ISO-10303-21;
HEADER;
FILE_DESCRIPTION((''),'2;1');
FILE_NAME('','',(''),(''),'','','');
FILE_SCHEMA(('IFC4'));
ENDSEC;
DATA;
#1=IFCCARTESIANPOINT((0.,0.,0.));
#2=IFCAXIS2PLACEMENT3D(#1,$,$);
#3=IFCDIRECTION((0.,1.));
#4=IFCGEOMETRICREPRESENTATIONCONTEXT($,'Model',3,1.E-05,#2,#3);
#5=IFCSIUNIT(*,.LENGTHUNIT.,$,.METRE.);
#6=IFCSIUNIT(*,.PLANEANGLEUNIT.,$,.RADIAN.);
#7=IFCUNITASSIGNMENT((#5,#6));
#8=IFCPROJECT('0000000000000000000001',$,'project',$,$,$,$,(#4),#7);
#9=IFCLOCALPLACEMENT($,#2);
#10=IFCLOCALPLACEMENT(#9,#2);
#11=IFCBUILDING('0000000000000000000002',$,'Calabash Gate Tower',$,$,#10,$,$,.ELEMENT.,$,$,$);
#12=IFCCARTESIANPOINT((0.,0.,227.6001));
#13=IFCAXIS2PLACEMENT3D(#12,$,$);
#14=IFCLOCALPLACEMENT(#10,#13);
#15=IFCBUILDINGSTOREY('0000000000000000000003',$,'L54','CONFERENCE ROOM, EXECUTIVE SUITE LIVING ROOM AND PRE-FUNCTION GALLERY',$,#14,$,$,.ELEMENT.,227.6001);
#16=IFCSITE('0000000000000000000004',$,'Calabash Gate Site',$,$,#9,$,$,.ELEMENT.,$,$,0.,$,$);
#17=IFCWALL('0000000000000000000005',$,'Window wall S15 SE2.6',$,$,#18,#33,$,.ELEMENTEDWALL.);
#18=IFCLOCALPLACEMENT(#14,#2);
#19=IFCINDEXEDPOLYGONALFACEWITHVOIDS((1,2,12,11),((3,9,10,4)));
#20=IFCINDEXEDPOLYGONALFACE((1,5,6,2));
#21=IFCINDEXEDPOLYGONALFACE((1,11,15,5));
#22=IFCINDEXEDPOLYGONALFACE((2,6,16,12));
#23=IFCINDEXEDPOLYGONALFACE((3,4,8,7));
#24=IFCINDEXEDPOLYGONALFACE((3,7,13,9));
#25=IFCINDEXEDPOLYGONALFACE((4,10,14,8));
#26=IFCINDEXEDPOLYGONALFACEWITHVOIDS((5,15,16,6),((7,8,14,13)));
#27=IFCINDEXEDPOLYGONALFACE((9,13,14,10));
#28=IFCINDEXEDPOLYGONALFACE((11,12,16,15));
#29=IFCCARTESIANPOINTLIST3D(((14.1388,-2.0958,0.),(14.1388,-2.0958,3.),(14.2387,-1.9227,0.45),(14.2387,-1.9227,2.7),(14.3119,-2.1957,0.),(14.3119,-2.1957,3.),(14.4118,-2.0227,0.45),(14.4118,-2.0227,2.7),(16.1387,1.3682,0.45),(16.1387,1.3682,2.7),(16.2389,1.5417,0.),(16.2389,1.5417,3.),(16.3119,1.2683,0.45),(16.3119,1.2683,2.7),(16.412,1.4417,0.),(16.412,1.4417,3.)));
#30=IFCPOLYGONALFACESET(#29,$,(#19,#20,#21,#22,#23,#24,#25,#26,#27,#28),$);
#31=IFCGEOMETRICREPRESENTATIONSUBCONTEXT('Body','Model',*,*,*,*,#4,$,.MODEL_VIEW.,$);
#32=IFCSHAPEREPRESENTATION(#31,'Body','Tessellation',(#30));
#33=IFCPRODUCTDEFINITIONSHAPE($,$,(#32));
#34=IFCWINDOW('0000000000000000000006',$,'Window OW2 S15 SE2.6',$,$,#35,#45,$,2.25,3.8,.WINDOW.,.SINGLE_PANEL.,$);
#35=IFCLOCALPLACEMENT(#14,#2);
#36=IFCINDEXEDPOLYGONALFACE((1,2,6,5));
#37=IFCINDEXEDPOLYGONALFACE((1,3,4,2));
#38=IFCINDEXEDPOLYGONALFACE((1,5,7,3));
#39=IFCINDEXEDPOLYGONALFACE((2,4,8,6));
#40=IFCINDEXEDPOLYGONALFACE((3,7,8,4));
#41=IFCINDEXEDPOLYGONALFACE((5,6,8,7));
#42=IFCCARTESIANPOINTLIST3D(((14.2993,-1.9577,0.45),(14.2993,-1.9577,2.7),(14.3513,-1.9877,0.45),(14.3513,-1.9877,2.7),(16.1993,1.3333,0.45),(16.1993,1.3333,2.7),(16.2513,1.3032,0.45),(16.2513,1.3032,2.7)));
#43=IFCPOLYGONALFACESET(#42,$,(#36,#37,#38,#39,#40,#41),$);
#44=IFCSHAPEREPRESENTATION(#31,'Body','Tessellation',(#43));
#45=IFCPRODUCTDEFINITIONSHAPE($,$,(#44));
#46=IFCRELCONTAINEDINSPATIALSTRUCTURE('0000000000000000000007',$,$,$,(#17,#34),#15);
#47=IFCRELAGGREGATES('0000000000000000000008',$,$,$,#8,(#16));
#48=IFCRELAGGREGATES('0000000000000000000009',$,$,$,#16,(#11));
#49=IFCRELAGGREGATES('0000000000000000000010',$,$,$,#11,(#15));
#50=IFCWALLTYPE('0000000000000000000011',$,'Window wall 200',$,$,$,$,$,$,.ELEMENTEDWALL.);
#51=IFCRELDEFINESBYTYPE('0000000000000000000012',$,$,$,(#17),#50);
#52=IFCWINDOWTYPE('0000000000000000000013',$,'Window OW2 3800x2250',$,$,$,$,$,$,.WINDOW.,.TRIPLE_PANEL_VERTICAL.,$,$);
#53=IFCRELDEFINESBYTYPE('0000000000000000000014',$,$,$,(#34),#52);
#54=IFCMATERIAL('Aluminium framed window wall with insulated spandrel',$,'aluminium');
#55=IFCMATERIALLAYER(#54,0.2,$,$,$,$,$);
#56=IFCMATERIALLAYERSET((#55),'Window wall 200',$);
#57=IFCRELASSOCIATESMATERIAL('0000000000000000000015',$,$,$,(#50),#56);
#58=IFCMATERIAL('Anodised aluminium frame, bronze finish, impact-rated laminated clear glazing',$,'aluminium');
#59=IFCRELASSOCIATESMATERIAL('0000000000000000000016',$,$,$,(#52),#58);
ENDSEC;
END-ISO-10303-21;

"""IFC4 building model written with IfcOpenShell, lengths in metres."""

from ifc_helpers import new_model, si_unit, direction, frame, frame_2d, origin, place, context, subcontext, project, spatial, rectangle, extrude, material, layer, layer_set, type_object, element, fill, save


model = new_model("IFC4")

# Units and contexts
model_context = context("Model", 3, precision=1e-05, world=origin(), true_north=direction((0.0, 1.0)))
body_context = subcontext(model_context, "Body", "Model", "MODEL_VIEW")
ifc_project = project(units=[si_unit("LENGTHUNIT", "METRE"), si_unit("PLANEANGLEUNIT", "RADIAN")], contexts=[model_context])

# Site, building, storey
site_placement = place(None, origin())
site = spatial("IfcSite", under=ifc_project, at=site_placement, Name="Calabash Gate Site", CompositionType="ELEMENT", RefElevation=0.0)
building_placement = place(site_placement, origin())
building = spatial("IfcBuilding", under=site, at=building_placement, Name="Calabash Gate Tower", CompositionType="ELEMENT")
storey_placement = place(building_placement, frame((0.0, 0.0, 227.6001)))
storey = spatial("IfcBuildingStorey", under=building, at=storey_placement, Name="L54", Description="CONFERENCE ROOM, EXECUTIVE SUITE LIVING ROOM AND PRE-FUNCTION GALLERY", CompositionType="ELEMENT", Elevation=227.6001)

# Shared definitions
ifc_material_1 = material(Name="Aluminium framed window wall with insulated spandrel", Category="aluminium")
ifc_layer_1 = layer(ifc_material_1, 0.2)
ifc_layer_set_1 = layer_set([ifc_layer_1], Name="Window wall 200")
wall_type_1 = type_object("IfcWallType", Name="Window wall 200", PredefinedType="ELEMENTEDWALL", material=ifc_layer_set_1)

# Wall, opening, window
wall_1_placement = place(storey_placement, frame((14.2253, -2.1458, 0.0), z_axis=(0.0, 0.0, 1.0), x_axis=(0.500003, 0.866024, 0.0)))
wall_1 = element("IfcWall", 1, at=wall_1_placement, inside=storey, type_object=wall_type_1, Name="Window wall S15 SE2.6", PredefinedType="ELEMENTEDWALL", context=body_context, shape_type="SweptSolid", body=[
    extrude(rectangle(XDim=4.2002, YDim=0.2, at=frame_2d((2.1001, 0.0))), origin(), (0.0, 0.0, 1.0), 3.0),
])
opening_1_placement = place(wall_1_placement, frame((0.2, 0.0, 0.45)))
opening_1 = element("IfcOpeningElement", 2, at=opening_1_placement, cuts=wall_1, PredefinedType="OPENING", context=body_context, shape_type="SweptSolid", body=[
    extrude(rectangle(XDim=3.8, YDim=2.25, at=frame_2d((1.8999, 1.125))), frame((0.0, 0.1099, 0.0), z_axis=(0.0, -1.0, 0.0), x_axis=(1.0, 0.0, 0.0)), (0.0, 0.0, 1.0), 0.22),
])
ifc_material_2 = material(Name="Anodised aluminium frame, bronze finish, impact-rated laminated clear glazing", Category="aluminium")
window_type = type_object("IfcWindowType", Name="Window OW2 3800x2250", PartitioningType="TRIPLE_PANEL_VERTICAL", PredefinedType="WINDOW", material=ifc_material_2)
window_placement = place(opening_1_placement, origin())
window = element("IfcWindow", 3, at=window_placement, inside=storey, type_object=window_type, Name="Window OW2 S15 SE2.6", OverallHeight=2.25, OverallWidth=3.8, PartitioningType="SINGLE_PANEL", PredefinedType="WINDOW", context=body_context, shape_type="SweptSolid", body=[
    extrude(rectangle(XDim=3.8, YDim=2.25, at=frame_2d((1.8999, 1.125))), frame((0.0, 0.03, 0.0), z_axis=(0.0, -1.0, 0.0), x_axis=(1.0, 0.0, 0.0)), (0.0, 0.0, 1.0), 0.0601),
])
fill(opening_1, window)

save(model, "model.ifc")
